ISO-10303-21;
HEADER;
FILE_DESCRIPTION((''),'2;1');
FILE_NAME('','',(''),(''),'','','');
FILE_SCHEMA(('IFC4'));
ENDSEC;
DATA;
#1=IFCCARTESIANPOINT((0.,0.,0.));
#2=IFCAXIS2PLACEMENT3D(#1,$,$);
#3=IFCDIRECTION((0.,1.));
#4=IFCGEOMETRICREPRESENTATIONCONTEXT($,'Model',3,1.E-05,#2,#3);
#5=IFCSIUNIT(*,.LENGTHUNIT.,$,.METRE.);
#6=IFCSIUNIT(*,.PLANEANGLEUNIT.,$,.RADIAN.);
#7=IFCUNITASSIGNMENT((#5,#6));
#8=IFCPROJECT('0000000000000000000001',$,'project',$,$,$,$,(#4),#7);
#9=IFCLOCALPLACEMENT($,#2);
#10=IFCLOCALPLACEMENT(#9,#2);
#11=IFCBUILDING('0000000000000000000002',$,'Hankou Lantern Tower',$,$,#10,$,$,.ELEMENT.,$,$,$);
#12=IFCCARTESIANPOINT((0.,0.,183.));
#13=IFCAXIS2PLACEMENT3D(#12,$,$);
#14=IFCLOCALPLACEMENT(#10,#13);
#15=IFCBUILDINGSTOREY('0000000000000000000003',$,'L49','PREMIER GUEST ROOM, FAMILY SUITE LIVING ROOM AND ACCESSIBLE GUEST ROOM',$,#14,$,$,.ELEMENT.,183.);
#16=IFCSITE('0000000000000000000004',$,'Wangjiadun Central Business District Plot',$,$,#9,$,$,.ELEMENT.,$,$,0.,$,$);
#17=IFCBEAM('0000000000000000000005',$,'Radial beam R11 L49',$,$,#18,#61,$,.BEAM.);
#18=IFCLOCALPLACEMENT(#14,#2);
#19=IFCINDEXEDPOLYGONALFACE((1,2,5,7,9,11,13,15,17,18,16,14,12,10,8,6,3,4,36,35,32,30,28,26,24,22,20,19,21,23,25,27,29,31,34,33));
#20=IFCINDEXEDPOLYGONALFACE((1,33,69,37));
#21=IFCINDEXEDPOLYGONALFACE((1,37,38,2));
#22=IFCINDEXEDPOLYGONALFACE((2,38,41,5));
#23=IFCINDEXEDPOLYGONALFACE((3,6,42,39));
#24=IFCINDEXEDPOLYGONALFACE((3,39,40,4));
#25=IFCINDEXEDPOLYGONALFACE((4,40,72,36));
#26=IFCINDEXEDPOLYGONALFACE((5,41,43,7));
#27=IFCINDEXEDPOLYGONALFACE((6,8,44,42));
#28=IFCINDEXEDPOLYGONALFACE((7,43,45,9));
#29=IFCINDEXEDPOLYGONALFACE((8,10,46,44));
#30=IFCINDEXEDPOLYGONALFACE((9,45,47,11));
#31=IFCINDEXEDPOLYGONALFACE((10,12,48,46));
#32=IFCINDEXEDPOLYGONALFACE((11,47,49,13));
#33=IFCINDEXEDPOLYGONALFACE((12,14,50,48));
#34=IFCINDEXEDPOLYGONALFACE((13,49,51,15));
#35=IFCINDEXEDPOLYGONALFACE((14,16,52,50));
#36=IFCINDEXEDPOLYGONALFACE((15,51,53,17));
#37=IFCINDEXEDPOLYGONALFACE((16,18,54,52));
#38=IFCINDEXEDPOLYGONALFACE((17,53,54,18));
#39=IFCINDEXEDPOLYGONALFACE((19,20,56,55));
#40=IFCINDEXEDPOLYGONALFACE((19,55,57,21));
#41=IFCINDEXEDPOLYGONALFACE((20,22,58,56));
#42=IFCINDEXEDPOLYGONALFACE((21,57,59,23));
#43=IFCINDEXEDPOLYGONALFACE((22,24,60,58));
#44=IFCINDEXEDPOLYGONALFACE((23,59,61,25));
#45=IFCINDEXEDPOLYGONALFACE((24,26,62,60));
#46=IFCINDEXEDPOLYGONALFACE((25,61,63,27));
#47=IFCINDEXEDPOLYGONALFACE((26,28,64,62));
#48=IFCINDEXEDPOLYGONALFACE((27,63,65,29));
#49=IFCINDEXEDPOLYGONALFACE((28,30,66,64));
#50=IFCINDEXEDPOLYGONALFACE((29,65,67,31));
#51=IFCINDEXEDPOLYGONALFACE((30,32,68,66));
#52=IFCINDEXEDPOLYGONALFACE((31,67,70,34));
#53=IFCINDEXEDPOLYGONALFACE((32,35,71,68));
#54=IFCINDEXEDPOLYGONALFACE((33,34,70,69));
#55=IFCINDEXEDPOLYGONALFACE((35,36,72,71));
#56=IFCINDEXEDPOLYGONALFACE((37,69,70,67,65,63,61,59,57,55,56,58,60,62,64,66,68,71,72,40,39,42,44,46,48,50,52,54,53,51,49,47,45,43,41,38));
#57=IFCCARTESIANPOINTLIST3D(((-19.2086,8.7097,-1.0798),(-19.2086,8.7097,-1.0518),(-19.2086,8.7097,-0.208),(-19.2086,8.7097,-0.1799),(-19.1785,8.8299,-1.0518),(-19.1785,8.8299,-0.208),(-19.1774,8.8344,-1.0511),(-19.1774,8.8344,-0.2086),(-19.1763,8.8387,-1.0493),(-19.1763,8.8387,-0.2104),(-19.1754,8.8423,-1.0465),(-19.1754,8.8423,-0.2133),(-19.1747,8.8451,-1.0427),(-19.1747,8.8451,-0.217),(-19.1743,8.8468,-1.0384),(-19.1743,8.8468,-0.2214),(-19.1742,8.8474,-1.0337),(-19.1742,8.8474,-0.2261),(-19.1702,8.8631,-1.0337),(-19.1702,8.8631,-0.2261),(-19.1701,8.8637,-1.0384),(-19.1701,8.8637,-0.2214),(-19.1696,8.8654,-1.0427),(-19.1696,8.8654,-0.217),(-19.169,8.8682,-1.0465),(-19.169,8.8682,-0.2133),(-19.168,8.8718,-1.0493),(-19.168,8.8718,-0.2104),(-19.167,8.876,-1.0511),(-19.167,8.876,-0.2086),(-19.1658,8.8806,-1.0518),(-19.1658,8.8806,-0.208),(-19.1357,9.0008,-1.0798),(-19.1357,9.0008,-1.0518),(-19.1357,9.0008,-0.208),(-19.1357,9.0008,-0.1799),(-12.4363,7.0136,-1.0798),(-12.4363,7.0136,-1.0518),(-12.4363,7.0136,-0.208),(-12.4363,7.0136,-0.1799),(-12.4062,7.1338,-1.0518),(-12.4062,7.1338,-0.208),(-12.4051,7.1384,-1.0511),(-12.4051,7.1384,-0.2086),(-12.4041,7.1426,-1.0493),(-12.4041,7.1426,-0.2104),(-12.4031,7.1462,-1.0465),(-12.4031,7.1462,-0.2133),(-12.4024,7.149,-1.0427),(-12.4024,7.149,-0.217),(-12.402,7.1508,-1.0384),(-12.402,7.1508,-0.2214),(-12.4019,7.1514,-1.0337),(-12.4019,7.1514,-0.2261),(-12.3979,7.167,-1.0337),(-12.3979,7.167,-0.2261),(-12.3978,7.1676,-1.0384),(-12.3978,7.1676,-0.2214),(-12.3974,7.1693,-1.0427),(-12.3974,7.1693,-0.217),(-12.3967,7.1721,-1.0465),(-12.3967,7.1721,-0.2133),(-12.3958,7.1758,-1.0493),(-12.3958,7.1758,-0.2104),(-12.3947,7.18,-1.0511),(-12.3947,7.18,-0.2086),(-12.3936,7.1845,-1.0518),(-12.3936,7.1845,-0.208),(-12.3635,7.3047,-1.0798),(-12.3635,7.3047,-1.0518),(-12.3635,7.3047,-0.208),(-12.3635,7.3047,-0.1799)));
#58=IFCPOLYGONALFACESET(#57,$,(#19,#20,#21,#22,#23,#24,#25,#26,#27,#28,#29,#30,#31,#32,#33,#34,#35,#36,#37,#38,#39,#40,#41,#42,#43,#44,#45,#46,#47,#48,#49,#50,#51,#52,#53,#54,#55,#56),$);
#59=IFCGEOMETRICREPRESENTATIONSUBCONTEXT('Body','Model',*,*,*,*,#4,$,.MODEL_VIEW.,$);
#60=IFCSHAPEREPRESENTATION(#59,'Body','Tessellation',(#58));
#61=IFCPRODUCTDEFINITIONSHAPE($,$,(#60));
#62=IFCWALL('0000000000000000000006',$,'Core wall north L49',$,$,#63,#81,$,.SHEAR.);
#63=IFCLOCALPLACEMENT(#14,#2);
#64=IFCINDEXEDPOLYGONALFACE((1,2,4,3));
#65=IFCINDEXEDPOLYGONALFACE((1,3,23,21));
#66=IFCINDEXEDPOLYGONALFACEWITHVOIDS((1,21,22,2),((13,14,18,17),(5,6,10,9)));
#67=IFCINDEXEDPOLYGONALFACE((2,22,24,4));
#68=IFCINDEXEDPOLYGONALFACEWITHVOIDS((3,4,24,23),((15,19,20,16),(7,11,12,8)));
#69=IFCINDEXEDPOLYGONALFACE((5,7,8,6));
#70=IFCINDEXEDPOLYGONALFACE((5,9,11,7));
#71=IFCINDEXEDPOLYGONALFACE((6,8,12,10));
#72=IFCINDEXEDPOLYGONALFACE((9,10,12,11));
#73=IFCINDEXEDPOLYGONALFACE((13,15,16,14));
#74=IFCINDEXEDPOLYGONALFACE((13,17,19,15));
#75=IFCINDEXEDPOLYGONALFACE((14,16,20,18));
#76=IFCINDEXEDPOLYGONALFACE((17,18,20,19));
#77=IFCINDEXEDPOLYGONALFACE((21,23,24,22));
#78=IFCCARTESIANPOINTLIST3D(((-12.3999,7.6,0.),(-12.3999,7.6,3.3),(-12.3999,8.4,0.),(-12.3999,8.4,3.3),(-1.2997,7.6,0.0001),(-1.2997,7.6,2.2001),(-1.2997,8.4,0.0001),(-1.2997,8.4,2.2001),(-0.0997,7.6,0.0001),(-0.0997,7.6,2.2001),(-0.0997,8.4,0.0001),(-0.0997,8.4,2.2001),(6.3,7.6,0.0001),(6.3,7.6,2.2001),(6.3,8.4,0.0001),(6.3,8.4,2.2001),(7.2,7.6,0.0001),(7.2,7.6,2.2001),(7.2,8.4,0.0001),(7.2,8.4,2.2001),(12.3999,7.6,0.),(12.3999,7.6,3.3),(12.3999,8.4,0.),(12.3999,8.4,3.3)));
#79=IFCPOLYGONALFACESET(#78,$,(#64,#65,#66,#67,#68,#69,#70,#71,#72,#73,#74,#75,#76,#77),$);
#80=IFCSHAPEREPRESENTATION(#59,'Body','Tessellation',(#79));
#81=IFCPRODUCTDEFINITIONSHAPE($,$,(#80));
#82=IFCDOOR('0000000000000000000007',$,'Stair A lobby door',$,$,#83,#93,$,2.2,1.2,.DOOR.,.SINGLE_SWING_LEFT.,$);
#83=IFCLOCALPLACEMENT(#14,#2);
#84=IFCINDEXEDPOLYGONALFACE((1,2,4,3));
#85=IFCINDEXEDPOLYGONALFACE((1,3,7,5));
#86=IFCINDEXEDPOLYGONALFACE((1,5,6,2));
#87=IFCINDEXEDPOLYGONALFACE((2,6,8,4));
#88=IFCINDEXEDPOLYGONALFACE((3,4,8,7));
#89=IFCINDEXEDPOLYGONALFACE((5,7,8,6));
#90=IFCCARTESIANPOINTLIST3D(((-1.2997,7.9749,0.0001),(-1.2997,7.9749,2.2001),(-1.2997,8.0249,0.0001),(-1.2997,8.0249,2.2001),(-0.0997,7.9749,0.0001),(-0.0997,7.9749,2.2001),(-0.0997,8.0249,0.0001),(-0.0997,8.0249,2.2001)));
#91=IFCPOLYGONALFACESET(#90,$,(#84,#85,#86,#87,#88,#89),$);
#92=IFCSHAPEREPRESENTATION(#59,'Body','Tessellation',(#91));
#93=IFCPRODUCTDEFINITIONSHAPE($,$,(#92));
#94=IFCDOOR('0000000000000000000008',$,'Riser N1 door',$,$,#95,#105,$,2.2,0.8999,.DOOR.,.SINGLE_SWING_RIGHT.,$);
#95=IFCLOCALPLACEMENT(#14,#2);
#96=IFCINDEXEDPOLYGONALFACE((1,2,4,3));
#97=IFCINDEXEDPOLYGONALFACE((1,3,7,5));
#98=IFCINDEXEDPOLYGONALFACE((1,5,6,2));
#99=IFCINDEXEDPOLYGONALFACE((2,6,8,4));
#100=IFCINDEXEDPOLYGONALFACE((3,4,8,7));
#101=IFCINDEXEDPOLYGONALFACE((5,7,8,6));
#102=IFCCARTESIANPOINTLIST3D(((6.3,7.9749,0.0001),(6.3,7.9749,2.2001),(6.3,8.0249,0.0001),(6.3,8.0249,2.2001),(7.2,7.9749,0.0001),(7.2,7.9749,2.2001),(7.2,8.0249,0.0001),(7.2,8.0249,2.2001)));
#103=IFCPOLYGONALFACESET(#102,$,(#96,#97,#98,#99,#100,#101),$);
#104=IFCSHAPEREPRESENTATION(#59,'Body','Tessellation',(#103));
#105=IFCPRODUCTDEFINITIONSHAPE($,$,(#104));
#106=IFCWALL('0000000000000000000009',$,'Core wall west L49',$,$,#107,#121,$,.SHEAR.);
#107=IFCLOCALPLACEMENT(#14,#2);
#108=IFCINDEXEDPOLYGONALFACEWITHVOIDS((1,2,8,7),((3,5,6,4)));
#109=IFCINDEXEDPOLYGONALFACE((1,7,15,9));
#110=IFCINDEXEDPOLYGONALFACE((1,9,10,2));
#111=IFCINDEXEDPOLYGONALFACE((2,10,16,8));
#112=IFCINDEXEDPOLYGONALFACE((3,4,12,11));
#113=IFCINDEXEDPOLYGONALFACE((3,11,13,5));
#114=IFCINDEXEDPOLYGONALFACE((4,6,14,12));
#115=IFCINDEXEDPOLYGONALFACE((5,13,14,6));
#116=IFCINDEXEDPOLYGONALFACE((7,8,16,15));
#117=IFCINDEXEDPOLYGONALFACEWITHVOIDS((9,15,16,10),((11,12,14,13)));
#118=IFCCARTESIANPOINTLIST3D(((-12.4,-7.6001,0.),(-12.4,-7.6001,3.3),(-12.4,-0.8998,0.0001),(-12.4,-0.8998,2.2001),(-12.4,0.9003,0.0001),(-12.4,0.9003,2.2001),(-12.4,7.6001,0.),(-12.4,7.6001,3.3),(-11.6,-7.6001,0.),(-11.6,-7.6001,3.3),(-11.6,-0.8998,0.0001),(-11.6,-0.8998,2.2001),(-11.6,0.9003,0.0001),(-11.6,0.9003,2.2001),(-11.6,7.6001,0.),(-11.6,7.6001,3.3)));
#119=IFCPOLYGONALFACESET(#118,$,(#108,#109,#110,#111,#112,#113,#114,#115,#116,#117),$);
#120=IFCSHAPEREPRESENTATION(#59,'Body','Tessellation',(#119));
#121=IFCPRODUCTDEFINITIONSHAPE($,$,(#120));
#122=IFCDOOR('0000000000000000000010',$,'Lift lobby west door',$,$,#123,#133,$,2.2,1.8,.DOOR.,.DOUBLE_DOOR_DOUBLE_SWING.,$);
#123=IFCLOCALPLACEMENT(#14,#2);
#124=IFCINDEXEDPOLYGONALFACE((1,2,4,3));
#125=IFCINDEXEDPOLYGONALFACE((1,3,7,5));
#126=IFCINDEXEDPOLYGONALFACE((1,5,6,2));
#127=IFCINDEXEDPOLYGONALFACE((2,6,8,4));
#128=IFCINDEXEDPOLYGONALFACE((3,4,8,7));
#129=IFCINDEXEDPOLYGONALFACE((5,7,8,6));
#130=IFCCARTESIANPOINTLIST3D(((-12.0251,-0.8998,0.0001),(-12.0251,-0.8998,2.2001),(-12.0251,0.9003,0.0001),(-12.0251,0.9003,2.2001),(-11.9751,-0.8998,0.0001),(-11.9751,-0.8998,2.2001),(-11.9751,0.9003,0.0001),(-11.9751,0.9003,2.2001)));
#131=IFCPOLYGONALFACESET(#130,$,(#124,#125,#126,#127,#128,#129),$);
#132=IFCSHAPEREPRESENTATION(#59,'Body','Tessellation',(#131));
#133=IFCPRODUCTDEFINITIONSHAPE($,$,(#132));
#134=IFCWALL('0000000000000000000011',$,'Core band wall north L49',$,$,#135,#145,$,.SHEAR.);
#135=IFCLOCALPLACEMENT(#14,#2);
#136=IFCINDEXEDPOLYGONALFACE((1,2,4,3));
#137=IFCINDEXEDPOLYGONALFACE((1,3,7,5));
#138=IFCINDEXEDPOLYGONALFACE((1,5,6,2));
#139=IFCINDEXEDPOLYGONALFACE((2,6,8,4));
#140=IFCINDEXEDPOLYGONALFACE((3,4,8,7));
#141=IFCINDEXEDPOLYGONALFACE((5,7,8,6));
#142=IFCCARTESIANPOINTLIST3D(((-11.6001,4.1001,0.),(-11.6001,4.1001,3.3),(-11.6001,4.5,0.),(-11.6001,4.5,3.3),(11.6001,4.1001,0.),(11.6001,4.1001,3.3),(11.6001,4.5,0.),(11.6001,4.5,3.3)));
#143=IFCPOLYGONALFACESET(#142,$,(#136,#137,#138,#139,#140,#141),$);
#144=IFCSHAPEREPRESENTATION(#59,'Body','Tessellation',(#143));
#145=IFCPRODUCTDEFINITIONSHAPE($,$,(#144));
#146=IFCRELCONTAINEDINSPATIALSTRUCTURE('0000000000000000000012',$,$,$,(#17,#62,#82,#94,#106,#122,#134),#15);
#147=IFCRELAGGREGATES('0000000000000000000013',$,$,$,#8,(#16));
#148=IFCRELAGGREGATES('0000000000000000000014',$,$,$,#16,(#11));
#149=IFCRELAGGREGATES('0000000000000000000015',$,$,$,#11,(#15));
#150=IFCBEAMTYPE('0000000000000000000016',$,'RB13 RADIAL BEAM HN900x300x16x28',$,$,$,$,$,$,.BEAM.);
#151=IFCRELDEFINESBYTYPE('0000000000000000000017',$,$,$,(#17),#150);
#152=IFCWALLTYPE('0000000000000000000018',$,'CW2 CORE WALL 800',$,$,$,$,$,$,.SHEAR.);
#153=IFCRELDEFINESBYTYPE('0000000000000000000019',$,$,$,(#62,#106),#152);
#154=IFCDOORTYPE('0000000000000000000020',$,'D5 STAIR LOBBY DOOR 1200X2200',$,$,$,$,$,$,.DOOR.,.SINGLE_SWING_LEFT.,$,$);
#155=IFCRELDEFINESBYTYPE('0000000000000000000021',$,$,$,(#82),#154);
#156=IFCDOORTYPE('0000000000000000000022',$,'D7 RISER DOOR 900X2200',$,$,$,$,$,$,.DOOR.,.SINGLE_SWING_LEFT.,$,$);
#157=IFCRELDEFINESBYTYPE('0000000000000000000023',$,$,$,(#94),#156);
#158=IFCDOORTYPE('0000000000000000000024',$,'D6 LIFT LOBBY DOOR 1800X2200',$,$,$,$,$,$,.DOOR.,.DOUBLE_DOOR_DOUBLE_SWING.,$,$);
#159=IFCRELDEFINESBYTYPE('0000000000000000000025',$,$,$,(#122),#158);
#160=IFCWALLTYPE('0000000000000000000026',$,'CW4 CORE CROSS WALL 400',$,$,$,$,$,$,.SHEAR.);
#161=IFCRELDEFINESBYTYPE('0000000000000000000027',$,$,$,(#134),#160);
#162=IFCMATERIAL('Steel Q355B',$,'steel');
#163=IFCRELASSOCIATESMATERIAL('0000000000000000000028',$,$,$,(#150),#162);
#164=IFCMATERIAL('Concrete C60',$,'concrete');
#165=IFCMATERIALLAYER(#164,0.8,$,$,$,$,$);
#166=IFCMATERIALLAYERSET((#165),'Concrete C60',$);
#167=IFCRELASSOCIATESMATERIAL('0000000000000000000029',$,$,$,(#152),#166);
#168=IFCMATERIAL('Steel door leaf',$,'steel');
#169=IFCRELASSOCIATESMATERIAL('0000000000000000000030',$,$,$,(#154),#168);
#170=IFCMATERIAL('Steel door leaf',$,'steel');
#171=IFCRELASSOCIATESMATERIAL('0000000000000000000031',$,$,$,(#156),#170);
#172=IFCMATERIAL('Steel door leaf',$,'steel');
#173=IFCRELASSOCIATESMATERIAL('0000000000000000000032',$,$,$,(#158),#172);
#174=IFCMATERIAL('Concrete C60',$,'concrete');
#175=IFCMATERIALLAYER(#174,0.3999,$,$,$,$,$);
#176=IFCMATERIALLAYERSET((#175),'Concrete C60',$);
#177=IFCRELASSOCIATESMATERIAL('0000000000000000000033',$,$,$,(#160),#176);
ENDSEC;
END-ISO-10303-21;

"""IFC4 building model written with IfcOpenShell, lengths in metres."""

from ifc_helpers import new_model, si_unit, direction, frame, frame_2d, origin, origin_2d, place, context, subcontext, project, spatial, rectangle, i_section, extrude, material, layer, layer_set, material_profile, profile_set, type_object, element, fill, save


model = new_model("IFC4")

# Units and contexts
model_context = context("Model", 3, precision=1e-05, world=origin(), true_north=direction((0.0, 1.0)))
body_context = subcontext(model_context, "Body", "Model", "MODEL_VIEW")
ifc_project = project(units=[si_unit("LENGTHUNIT", "METRE"), si_unit("PLANEANGLEUNIT", "RADIAN")], contexts=[model_context])

# Site, building, storey
site_placement = place(None, origin())
site = spatial("IfcSite", under=ifc_project, at=site_placement, Name="Wangjiadun Central Business District Plot", CompositionType="ELEMENT", RefElevation=0.0)
building_placement = place(site_placement, origin())
building = spatial("IfcBuilding", under=site, at=building_placement, Name="Hankou Lantern Tower", CompositionType="ELEMENT")
storey_placement = place(building_placement, frame((0.0, 0.0, 183.0)))
storey = spatial("IfcBuildingStorey", under=building, at=storey_placement, Name="L49", Description="PREMIER GUEST ROOM, FAMILY SUITE LIVING ROOM AND ACCESSIBLE GUEST ROOM", CompositionType="ELEMENT", Elevation=183.0)

# Beam
ifc_material_1 = material(Name="Steel Q355B", Category="steel")
ifc_material_profile_1 = material_profile(ifc_material_1, i_section(OverallWidth=0.3, OverallDepth=0.8999, WebThickness=0.0161, FlangeThickness=0.0281, FilletRadius=0.0181, at=origin_2d()), Name="HN900x300x16x28")
ifc_profile_set_1 = profile_set([ifc_material_profile_1], Name="Steel Q355B")
beam_type_1 = type_object("IfcBeamType", Name="RB13 RADIAL BEAM HN900x300x16x28", PredefinedType="BEAM", material=ifc_profile_set_1)
beam_1_placement = place(storey_placement, frame((-12.3999, 7.1592, -0.6299), z_axis=(-0.970042, 0.242939, 0.0), x_axis=(-0.242939, -0.970042, 0.0)))
element("IfcBeam", 1, at=beam_1_placement, inside=storey, type_object=beam_type_1, Name="Radial beam R11 L49", PredefinedType="BEAM", context=body_context, shape_type="SweptSolid", body=[
    extrude(i_section(OverallWidth=0.3, OverallDepth=0.8999, WebThickness=0.0161, FlangeThickness=0.0281, FilletRadius=0.0181, at=origin_2d()), origin(), (0.0, 0.0, 1.0), 6.9814),
])

# Wall, openings, doors
ifc_material_2 = material(Name="Concrete C60", Category="concrete")
ifc_layer_1 = layer(ifc_material_2, 0.8)
ifc_layer_set_1 = layer_set([ifc_layer_1], Name="Concrete C60")
wall_type_1 = type_object("IfcWallType", Name="CW2 CORE WALL 800", PredefinedType="SHEAR", material=ifc_layer_set_1)
wall_1_placement = place(storey_placement, frame((-12.3999, 8.0, 0.0), z_axis=(0.0, 0.0, 1.0), x_axis=(1.0, 0.0, 0.0)))
wall_1 = element("IfcWall", 2, at=wall_1_placement, inside=storey, type_object=wall_type_1, Name="Core wall north L49", PredefinedType="SHEAR", context=body_context, shape_type="SweptSolid", body=[
    extrude(rectangle(XDim=24.7998, YDim=0.8, at=frame_2d((12.3999, 0.0))), origin(), (0.0, 0.0, 1.0), 3.3),
])
opening_1_placement = place(wall_1_placement, frame((11.1001, 0.0, 0.0)))
opening_1 = element("IfcOpeningElement", 3, at=opening_1_placement, cuts=wall_1, PredefinedType="OPENING", context=body_context, shape_type="SweptSolid", body=[
    extrude(rectangle(XDim=1.2, YDim=2.2, at=frame_2d((0.6001, 1.1001))), frame((0.0, 0.4099, 0.0), z_axis=(0.0, -1.0, 0.0), x_axis=(1.0, 0.0, 0.0)), (0.0, 0.0, 1.0), 0.8201),
])
opening_2_placement = place(wall_1_placement, frame((18.7, 0.0, 0.0)))
opening_2 = element("IfcOpeningElement", 4, at=opening_2_placement, cuts=wall_1, PredefinedType="OPENING", context=body_context, shape_type="SweptSolid", body=[
    extrude(rectangle(XDim=0.8999, YDim=2.2, at=frame_2d((0.45, 1.1001))), frame((0.0, 0.4099, 0.0), z_axis=(0.0, -1.0, 0.0), x_axis=(1.0, 0.0, 0.0)), (0.0, 0.0, 1.0), 0.8201),
])
ifc_material_3 = material(Name="Steel door leaf", Category="steel")
door_type_1 = type_object("IfcDoorType", Name="D5 STAIR LOBBY DOOR 1200X2200", OperationType="SINGLE_SWING_LEFT", PredefinedType="DOOR", material=ifc_material_3)
door_1_placement = place(opening_1_placement, origin())
door_1 = element("IfcDoor", 5, at=door_1_placement, inside=storey, type_object=door_type_1, Name="Stair A lobby door", OperationType="SINGLE_SWING_LEFT", OverallHeight=2.2, OverallWidth=1.2, PredefinedType="DOOR", context=body_context, shape_type="SweptSolid", body=[
    extrude(rectangle(XDim=1.2, YDim=2.2, at=frame_2d((0.6001, 1.1001))), frame((0.0, 0.0249, 0.0), z_axis=(0.0, -1.0, 0.0), x_axis=(1.0, 0.0, 0.0)), (0.0, 0.0, 1.0), 0.05),
])
fill(opening_1, door_1)
ifc_material_4 = material(Name="Steel door leaf", Category="steel")
door_type_2 = type_object("IfcDoorType", Name="D7 RISER DOOR 900X2200", OperationType="SINGLE_SWING_LEFT", PredefinedType="DOOR", material=ifc_material_4)
door_2_placement = place(opening_2_placement, origin())
door_2 = element("IfcDoor", 6, at=door_2_placement, inside=storey, type_object=door_type_2, Name="Riser N1 door", OperationType="SINGLE_SWING_RIGHT", OverallHeight=2.2, OverallWidth=0.8999, PredefinedType="DOOR", context=body_context, shape_type="SweptSolid", body=[
    extrude(rectangle(XDim=0.8999, YDim=2.2, at=frame_2d((0.45, 1.1001))), frame((0.0, 0.0249, 0.0), z_axis=(0.0, -1.0, 0.0), x_axis=(1.0, 0.0, 0.0)), (0.0, 0.0, 1.0), 0.05),
])
fill(opening_2, door_2)

# Wall, opening, door
wall_2_placement = place(storey_placement, frame((-12.0, 7.6001, 0.0), z_axis=(0.0, 0.0, 1.0), x_axis=(0.0, -1.0, 0.0)))
wall_2 = element("IfcWall", 7, at=wall_2_placement, inside=storey, type_object=wall_type_1, Name="Core wall west L49", PredefinedType="SHEAR", context=body_context, shape_type="SweptSolid", body=[
    extrude(rectangle(XDim=15.2002, YDim=0.8, at=frame_2d((7.6001, 0.0))), origin(), (0.0, 0.0, 1.0), 3.3),
])
opening_3_placement = place(wall_2_placement, frame((6.7, 0.0, 0.0)))
opening_3 = element("IfcOpeningElement", 8, at=opening_3_placement, cuts=wall_2, PredefinedType="OPENING", context=body_context, shape_type="SweptSolid", body=[
    extrude(rectangle(XDim=1.8, YDim=2.2, at=frame_2d((0.8999, 1.1001))), frame((0.0, 0.4099, 0.0), z_axis=(0.0, -1.0, 0.0), x_axis=(1.0, 0.0, 0.0)), (0.0, 0.0, 1.0), 0.8201),
])
ifc_material_5 = material(Name="Steel door leaf", Category="steel")
door_type_3 = type_object("IfcDoorType", Name="D6 LIFT LOBBY DOOR 1800X2200", OperationType="DOUBLE_DOOR_DOUBLE_SWING", PredefinedType="DOOR", material=ifc_material_5)
door_3_placement = place(opening_3_placement, origin())
door_3 = element("IfcDoor", 9, at=door_3_placement, inside=storey, type_object=door_type_3, Name="Lift lobby west door", OperationType="DOUBLE_DOOR_DOUBLE_SWING", OverallHeight=2.2, OverallWidth=1.8, PredefinedType="DOOR", context=body_context, shape_type="SweptSolid", body=[
    extrude(rectangle(XDim=1.8, YDim=2.2, at=frame_2d((0.8999, 1.1001))), frame((0.0, 0.0249, 0.0), z_axis=(0.0, -1.0, 0.0), x_axis=(1.0, 0.0, 0.0)), (0.0, 0.0, 1.0), 0.05),
])
fill(opening_3, door_3)

# Wall
ifc_material_6 = material(Name="Concrete C60", Category="concrete")
ifc_layer_2 = layer(ifc_material_6, 0.3999)
ifc_layer_set_2 = layer_set([ifc_layer_2], Name="Concrete C60")
wall_type_2 = type_object("IfcWallType", Name="CW4 CORE CROSS WALL 400", PredefinedType="SHEAR", material=ifc_layer_set_2)
wall_3_placement = place(storey_placement, frame((-11.6001, 4.3, 0.0), z_axis=(0.0, 0.0, 1.0), x_axis=(1.0, 0.0, 0.0)))
element("IfcWall", 10, at=wall_3_placement, inside=storey, type_object=wall_type_2, Name="Core band wall north L49", PredefinedType="SHEAR", context=body_context, shape_type="SweptSolid", body=[
    extrude(rectangle(XDim=23.2002, YDim=0.3999, at=frame_2d((11.6001, 0.0))), origin(), (0.0, 0.0, 1.0), 3.3),
])

save(model, "model.ifc")
